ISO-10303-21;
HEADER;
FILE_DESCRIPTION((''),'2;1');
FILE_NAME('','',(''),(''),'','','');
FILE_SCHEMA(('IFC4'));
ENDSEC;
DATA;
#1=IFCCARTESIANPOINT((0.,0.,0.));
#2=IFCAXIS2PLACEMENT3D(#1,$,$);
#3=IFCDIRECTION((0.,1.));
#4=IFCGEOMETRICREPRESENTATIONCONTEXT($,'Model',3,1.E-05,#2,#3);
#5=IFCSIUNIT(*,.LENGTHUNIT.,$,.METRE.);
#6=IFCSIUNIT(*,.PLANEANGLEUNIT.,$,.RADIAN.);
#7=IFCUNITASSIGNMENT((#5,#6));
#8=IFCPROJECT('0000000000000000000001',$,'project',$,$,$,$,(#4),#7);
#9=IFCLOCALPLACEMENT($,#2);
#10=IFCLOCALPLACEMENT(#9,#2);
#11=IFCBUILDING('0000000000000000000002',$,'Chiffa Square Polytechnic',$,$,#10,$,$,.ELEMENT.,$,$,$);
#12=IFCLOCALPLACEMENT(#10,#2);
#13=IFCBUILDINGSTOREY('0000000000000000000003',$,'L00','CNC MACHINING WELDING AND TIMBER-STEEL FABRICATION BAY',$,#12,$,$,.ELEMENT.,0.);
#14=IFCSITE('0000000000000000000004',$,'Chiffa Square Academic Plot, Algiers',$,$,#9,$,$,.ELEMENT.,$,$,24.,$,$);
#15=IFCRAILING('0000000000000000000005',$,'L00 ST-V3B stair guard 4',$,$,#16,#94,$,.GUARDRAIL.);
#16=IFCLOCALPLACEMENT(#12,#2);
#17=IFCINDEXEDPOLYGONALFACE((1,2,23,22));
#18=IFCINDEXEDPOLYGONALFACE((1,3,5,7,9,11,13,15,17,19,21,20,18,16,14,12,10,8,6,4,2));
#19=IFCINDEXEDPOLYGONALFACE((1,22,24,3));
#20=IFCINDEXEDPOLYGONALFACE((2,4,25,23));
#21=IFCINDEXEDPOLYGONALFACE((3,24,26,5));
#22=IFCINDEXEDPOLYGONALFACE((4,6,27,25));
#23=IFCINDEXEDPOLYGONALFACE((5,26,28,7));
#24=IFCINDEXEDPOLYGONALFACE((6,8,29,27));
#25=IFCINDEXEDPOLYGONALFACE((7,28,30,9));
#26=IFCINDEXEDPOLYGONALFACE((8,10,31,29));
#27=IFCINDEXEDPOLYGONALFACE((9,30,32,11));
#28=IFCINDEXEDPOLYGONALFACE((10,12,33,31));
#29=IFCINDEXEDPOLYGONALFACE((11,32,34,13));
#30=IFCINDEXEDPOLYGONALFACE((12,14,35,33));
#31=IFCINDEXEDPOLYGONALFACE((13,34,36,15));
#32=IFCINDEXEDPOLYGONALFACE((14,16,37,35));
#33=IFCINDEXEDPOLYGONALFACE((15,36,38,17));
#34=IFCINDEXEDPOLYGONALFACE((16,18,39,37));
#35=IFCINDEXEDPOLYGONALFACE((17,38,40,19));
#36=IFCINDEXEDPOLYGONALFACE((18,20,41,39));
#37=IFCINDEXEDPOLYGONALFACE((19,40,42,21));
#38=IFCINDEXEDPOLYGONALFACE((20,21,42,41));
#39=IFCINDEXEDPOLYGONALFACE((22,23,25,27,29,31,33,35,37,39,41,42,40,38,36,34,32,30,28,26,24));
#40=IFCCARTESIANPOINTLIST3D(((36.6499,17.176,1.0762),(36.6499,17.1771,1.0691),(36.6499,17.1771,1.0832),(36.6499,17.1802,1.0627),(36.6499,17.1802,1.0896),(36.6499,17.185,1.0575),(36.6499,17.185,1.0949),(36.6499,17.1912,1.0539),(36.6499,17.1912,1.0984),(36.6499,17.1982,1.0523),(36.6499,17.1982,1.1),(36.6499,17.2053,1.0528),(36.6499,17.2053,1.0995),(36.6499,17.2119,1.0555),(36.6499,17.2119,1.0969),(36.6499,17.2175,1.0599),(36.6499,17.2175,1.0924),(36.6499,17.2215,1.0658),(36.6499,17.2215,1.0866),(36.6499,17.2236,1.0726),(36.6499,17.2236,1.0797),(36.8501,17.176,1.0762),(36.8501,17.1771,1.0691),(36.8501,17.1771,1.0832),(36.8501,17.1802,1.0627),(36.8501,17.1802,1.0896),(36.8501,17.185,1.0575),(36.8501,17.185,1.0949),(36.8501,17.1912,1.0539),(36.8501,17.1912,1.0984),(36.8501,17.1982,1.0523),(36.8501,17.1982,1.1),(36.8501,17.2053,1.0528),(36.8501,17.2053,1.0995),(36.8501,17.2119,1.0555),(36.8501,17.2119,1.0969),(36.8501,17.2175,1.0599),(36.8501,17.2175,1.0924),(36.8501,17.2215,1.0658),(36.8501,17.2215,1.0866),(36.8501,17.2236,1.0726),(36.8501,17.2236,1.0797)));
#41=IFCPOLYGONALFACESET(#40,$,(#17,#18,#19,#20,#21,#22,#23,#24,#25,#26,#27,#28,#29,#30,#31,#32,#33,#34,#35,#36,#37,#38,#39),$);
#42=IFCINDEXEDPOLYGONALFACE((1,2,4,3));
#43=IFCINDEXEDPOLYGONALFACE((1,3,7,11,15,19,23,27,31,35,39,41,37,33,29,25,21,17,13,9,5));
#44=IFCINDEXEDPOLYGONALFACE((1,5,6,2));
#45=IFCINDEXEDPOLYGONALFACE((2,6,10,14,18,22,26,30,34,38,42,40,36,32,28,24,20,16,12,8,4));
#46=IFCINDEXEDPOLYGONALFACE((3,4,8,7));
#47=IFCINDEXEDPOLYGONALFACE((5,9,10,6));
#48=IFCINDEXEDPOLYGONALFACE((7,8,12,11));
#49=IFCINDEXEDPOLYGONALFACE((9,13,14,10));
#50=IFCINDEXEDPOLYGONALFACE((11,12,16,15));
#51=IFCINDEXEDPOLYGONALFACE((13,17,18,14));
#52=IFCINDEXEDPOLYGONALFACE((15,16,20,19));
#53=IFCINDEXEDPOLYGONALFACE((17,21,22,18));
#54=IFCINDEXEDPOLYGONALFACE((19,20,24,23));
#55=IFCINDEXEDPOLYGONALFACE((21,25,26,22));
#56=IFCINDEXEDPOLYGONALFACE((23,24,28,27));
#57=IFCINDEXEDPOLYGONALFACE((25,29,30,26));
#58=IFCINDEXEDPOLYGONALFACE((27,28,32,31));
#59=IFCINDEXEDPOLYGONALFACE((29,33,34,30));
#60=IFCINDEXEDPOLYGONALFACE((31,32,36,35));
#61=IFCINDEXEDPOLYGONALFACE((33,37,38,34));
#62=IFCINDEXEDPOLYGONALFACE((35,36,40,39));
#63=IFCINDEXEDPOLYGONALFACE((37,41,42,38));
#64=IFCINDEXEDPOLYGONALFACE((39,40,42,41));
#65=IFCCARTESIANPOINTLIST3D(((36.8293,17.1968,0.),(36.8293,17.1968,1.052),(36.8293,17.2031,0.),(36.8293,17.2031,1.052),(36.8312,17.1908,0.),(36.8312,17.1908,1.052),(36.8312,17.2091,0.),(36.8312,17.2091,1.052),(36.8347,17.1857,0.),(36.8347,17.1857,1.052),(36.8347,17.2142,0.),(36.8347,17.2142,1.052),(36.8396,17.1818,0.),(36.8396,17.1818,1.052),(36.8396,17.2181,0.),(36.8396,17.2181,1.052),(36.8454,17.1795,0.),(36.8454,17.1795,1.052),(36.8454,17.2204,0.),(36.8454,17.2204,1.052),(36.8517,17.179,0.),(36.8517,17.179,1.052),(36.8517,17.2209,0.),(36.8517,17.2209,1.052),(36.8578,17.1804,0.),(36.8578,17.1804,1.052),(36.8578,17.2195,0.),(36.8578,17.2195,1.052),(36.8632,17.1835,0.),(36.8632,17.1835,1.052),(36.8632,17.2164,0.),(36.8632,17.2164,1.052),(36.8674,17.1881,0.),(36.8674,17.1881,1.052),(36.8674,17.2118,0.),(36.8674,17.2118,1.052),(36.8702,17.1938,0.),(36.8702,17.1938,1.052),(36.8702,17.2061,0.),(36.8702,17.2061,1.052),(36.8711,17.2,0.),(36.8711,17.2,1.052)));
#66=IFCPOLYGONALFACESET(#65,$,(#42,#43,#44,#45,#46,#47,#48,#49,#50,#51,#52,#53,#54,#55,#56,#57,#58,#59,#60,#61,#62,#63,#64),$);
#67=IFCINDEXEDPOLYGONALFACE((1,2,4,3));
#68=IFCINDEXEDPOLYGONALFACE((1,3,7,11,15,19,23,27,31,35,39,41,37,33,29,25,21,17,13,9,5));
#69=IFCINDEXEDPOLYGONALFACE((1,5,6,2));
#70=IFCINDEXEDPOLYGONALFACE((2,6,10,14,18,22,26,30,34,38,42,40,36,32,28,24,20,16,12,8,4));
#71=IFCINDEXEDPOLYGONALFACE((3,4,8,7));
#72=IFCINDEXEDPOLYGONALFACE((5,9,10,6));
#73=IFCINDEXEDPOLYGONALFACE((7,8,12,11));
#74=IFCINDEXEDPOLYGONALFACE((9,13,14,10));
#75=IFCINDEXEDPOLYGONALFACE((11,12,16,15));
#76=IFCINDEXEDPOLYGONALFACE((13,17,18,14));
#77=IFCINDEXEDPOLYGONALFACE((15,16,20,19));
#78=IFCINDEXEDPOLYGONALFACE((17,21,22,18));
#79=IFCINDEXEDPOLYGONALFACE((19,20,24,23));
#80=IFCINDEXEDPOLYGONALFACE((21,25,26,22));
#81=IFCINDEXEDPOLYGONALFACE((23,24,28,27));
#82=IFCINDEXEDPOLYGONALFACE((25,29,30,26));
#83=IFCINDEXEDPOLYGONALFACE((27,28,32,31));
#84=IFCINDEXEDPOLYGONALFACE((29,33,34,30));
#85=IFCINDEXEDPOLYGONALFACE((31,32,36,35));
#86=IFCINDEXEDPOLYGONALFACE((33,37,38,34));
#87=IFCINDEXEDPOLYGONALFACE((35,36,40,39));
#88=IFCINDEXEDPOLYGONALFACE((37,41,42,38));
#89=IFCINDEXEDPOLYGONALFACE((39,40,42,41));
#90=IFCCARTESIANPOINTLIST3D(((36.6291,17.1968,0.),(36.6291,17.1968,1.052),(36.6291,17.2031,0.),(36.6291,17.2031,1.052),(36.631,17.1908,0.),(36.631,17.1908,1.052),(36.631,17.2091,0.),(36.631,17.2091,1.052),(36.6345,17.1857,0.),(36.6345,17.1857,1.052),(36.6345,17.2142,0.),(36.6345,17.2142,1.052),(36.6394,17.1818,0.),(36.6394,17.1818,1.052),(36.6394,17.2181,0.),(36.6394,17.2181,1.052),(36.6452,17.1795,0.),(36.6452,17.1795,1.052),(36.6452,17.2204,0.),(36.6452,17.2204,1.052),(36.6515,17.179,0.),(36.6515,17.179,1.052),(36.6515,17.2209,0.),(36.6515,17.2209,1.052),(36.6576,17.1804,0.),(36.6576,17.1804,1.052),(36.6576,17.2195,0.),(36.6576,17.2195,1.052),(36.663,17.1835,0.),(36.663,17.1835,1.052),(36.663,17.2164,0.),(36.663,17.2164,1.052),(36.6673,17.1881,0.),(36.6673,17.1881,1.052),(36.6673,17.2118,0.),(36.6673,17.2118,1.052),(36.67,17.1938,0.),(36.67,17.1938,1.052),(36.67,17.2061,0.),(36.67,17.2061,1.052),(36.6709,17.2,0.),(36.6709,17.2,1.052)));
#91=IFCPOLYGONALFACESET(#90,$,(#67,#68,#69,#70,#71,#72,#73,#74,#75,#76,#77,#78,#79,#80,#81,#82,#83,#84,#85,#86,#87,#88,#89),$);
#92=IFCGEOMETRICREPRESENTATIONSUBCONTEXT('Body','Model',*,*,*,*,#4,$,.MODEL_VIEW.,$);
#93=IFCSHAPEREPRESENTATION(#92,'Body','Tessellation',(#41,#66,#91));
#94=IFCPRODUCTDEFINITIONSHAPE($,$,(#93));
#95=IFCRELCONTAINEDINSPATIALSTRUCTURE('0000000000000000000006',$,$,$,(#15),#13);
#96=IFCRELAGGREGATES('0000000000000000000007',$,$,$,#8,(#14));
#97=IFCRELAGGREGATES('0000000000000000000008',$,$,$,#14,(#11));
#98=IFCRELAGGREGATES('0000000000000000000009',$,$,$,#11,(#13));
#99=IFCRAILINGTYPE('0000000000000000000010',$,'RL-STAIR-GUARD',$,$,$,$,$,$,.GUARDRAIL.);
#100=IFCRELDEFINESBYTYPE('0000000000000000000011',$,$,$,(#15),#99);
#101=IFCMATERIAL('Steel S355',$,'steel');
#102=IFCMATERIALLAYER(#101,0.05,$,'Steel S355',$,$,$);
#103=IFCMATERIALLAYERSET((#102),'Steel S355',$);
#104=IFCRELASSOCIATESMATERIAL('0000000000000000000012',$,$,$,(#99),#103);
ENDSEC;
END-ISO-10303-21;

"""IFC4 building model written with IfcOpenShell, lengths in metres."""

from ifc_helpers import new_model, si_unit, direction, frame, origin, origin_2d, place, context, subcontext, project, spatial, circle, extrude, material, layer, layer_set, type_object, element, save


model = new_model("IFC4")

# Units and contexts
model_context = context("Model", 3, precision=1e-05, world=origin(), true_north=direction((0.0, 1.0)))
body_context = subcontext(model_context, "Body", "Model", "MODEL_VIEW")
ifc_project = project(units=[si_unit("LENGTHUNIT", "METRE"), si_unit("PLANEANGLEUNIT", "RADIAN")], contexts=[model_context])

# Site, building, storey
site_placement = place(None, origin())
site = spatial("IfcSite", under=ifc_project, at=site_placement, Name="Chiffa Square Academic Plot, Algiers", CompositionType="ELEMENT", RefElevation=24.0)
building_placement = place(site_placement, origin())
building = spatial("IfcBuilding", under=site, at=building_placement, Name="Chiffa Square Polytechnic", CompositionType="ELEMENT")
storey_placement = place(building_placement, origin())
storey = spatial("IfcBuildingStorey", under=building, at=storey_placement, Name="L00", Description="CNC MACHINING WELDING AND TIMBER-STEEL FABRICATION BAY", CompositionType="ELEMENT", Elevation=0.0)

# Railing
ifc_material_1 = material(Name="Steel S355", Category="steel")
ifc_layer_1 = layer(ifc_material_1, 0.05, Name="Steel S355")
ifc_layer_set_1 = layer_set([ifc_layer_1], Name="Steel S355")
railing_type_1 = type_object("IfcRailingType", Name="RL-STAIR-GUARD", PredefinedType="GUARDRAIL", material=ifc_layer_set_1)
railing_1_placement = place(storey_placement, frame((36.8501, 17.2, 0.0)))
element("IfcRailing", 1, at=railing_1_placement, inside=storey, type_object=railing_type_1, Name="L00 ST-V3B stair guard 4", PredefinedType="GUARDRAIL", context=body_context, shape_type="SweptSolid", body=[
    extrude(circle(Radius=0.0239, at=origin_2d()), frame((0.0, 0.0, 1.0762), z_axis=(-1.0, 0.0, 0.0), x_axis=(0.0, -1.0, 0.0)), (0.0, 0.0, 1.0), 0.2002),
    extrude(circle(Radius=0.021, at=origin_2d()), origin(), (0.0, 0.0, 1.0), 1.052),
    extrude(circle(Radius=0.021, at=origin_2d()), frame((-0.2002, 0.0, 0.0)), (0.0, 0.0, 1.0), 1.052),
])

save(model, "model.ifc")
